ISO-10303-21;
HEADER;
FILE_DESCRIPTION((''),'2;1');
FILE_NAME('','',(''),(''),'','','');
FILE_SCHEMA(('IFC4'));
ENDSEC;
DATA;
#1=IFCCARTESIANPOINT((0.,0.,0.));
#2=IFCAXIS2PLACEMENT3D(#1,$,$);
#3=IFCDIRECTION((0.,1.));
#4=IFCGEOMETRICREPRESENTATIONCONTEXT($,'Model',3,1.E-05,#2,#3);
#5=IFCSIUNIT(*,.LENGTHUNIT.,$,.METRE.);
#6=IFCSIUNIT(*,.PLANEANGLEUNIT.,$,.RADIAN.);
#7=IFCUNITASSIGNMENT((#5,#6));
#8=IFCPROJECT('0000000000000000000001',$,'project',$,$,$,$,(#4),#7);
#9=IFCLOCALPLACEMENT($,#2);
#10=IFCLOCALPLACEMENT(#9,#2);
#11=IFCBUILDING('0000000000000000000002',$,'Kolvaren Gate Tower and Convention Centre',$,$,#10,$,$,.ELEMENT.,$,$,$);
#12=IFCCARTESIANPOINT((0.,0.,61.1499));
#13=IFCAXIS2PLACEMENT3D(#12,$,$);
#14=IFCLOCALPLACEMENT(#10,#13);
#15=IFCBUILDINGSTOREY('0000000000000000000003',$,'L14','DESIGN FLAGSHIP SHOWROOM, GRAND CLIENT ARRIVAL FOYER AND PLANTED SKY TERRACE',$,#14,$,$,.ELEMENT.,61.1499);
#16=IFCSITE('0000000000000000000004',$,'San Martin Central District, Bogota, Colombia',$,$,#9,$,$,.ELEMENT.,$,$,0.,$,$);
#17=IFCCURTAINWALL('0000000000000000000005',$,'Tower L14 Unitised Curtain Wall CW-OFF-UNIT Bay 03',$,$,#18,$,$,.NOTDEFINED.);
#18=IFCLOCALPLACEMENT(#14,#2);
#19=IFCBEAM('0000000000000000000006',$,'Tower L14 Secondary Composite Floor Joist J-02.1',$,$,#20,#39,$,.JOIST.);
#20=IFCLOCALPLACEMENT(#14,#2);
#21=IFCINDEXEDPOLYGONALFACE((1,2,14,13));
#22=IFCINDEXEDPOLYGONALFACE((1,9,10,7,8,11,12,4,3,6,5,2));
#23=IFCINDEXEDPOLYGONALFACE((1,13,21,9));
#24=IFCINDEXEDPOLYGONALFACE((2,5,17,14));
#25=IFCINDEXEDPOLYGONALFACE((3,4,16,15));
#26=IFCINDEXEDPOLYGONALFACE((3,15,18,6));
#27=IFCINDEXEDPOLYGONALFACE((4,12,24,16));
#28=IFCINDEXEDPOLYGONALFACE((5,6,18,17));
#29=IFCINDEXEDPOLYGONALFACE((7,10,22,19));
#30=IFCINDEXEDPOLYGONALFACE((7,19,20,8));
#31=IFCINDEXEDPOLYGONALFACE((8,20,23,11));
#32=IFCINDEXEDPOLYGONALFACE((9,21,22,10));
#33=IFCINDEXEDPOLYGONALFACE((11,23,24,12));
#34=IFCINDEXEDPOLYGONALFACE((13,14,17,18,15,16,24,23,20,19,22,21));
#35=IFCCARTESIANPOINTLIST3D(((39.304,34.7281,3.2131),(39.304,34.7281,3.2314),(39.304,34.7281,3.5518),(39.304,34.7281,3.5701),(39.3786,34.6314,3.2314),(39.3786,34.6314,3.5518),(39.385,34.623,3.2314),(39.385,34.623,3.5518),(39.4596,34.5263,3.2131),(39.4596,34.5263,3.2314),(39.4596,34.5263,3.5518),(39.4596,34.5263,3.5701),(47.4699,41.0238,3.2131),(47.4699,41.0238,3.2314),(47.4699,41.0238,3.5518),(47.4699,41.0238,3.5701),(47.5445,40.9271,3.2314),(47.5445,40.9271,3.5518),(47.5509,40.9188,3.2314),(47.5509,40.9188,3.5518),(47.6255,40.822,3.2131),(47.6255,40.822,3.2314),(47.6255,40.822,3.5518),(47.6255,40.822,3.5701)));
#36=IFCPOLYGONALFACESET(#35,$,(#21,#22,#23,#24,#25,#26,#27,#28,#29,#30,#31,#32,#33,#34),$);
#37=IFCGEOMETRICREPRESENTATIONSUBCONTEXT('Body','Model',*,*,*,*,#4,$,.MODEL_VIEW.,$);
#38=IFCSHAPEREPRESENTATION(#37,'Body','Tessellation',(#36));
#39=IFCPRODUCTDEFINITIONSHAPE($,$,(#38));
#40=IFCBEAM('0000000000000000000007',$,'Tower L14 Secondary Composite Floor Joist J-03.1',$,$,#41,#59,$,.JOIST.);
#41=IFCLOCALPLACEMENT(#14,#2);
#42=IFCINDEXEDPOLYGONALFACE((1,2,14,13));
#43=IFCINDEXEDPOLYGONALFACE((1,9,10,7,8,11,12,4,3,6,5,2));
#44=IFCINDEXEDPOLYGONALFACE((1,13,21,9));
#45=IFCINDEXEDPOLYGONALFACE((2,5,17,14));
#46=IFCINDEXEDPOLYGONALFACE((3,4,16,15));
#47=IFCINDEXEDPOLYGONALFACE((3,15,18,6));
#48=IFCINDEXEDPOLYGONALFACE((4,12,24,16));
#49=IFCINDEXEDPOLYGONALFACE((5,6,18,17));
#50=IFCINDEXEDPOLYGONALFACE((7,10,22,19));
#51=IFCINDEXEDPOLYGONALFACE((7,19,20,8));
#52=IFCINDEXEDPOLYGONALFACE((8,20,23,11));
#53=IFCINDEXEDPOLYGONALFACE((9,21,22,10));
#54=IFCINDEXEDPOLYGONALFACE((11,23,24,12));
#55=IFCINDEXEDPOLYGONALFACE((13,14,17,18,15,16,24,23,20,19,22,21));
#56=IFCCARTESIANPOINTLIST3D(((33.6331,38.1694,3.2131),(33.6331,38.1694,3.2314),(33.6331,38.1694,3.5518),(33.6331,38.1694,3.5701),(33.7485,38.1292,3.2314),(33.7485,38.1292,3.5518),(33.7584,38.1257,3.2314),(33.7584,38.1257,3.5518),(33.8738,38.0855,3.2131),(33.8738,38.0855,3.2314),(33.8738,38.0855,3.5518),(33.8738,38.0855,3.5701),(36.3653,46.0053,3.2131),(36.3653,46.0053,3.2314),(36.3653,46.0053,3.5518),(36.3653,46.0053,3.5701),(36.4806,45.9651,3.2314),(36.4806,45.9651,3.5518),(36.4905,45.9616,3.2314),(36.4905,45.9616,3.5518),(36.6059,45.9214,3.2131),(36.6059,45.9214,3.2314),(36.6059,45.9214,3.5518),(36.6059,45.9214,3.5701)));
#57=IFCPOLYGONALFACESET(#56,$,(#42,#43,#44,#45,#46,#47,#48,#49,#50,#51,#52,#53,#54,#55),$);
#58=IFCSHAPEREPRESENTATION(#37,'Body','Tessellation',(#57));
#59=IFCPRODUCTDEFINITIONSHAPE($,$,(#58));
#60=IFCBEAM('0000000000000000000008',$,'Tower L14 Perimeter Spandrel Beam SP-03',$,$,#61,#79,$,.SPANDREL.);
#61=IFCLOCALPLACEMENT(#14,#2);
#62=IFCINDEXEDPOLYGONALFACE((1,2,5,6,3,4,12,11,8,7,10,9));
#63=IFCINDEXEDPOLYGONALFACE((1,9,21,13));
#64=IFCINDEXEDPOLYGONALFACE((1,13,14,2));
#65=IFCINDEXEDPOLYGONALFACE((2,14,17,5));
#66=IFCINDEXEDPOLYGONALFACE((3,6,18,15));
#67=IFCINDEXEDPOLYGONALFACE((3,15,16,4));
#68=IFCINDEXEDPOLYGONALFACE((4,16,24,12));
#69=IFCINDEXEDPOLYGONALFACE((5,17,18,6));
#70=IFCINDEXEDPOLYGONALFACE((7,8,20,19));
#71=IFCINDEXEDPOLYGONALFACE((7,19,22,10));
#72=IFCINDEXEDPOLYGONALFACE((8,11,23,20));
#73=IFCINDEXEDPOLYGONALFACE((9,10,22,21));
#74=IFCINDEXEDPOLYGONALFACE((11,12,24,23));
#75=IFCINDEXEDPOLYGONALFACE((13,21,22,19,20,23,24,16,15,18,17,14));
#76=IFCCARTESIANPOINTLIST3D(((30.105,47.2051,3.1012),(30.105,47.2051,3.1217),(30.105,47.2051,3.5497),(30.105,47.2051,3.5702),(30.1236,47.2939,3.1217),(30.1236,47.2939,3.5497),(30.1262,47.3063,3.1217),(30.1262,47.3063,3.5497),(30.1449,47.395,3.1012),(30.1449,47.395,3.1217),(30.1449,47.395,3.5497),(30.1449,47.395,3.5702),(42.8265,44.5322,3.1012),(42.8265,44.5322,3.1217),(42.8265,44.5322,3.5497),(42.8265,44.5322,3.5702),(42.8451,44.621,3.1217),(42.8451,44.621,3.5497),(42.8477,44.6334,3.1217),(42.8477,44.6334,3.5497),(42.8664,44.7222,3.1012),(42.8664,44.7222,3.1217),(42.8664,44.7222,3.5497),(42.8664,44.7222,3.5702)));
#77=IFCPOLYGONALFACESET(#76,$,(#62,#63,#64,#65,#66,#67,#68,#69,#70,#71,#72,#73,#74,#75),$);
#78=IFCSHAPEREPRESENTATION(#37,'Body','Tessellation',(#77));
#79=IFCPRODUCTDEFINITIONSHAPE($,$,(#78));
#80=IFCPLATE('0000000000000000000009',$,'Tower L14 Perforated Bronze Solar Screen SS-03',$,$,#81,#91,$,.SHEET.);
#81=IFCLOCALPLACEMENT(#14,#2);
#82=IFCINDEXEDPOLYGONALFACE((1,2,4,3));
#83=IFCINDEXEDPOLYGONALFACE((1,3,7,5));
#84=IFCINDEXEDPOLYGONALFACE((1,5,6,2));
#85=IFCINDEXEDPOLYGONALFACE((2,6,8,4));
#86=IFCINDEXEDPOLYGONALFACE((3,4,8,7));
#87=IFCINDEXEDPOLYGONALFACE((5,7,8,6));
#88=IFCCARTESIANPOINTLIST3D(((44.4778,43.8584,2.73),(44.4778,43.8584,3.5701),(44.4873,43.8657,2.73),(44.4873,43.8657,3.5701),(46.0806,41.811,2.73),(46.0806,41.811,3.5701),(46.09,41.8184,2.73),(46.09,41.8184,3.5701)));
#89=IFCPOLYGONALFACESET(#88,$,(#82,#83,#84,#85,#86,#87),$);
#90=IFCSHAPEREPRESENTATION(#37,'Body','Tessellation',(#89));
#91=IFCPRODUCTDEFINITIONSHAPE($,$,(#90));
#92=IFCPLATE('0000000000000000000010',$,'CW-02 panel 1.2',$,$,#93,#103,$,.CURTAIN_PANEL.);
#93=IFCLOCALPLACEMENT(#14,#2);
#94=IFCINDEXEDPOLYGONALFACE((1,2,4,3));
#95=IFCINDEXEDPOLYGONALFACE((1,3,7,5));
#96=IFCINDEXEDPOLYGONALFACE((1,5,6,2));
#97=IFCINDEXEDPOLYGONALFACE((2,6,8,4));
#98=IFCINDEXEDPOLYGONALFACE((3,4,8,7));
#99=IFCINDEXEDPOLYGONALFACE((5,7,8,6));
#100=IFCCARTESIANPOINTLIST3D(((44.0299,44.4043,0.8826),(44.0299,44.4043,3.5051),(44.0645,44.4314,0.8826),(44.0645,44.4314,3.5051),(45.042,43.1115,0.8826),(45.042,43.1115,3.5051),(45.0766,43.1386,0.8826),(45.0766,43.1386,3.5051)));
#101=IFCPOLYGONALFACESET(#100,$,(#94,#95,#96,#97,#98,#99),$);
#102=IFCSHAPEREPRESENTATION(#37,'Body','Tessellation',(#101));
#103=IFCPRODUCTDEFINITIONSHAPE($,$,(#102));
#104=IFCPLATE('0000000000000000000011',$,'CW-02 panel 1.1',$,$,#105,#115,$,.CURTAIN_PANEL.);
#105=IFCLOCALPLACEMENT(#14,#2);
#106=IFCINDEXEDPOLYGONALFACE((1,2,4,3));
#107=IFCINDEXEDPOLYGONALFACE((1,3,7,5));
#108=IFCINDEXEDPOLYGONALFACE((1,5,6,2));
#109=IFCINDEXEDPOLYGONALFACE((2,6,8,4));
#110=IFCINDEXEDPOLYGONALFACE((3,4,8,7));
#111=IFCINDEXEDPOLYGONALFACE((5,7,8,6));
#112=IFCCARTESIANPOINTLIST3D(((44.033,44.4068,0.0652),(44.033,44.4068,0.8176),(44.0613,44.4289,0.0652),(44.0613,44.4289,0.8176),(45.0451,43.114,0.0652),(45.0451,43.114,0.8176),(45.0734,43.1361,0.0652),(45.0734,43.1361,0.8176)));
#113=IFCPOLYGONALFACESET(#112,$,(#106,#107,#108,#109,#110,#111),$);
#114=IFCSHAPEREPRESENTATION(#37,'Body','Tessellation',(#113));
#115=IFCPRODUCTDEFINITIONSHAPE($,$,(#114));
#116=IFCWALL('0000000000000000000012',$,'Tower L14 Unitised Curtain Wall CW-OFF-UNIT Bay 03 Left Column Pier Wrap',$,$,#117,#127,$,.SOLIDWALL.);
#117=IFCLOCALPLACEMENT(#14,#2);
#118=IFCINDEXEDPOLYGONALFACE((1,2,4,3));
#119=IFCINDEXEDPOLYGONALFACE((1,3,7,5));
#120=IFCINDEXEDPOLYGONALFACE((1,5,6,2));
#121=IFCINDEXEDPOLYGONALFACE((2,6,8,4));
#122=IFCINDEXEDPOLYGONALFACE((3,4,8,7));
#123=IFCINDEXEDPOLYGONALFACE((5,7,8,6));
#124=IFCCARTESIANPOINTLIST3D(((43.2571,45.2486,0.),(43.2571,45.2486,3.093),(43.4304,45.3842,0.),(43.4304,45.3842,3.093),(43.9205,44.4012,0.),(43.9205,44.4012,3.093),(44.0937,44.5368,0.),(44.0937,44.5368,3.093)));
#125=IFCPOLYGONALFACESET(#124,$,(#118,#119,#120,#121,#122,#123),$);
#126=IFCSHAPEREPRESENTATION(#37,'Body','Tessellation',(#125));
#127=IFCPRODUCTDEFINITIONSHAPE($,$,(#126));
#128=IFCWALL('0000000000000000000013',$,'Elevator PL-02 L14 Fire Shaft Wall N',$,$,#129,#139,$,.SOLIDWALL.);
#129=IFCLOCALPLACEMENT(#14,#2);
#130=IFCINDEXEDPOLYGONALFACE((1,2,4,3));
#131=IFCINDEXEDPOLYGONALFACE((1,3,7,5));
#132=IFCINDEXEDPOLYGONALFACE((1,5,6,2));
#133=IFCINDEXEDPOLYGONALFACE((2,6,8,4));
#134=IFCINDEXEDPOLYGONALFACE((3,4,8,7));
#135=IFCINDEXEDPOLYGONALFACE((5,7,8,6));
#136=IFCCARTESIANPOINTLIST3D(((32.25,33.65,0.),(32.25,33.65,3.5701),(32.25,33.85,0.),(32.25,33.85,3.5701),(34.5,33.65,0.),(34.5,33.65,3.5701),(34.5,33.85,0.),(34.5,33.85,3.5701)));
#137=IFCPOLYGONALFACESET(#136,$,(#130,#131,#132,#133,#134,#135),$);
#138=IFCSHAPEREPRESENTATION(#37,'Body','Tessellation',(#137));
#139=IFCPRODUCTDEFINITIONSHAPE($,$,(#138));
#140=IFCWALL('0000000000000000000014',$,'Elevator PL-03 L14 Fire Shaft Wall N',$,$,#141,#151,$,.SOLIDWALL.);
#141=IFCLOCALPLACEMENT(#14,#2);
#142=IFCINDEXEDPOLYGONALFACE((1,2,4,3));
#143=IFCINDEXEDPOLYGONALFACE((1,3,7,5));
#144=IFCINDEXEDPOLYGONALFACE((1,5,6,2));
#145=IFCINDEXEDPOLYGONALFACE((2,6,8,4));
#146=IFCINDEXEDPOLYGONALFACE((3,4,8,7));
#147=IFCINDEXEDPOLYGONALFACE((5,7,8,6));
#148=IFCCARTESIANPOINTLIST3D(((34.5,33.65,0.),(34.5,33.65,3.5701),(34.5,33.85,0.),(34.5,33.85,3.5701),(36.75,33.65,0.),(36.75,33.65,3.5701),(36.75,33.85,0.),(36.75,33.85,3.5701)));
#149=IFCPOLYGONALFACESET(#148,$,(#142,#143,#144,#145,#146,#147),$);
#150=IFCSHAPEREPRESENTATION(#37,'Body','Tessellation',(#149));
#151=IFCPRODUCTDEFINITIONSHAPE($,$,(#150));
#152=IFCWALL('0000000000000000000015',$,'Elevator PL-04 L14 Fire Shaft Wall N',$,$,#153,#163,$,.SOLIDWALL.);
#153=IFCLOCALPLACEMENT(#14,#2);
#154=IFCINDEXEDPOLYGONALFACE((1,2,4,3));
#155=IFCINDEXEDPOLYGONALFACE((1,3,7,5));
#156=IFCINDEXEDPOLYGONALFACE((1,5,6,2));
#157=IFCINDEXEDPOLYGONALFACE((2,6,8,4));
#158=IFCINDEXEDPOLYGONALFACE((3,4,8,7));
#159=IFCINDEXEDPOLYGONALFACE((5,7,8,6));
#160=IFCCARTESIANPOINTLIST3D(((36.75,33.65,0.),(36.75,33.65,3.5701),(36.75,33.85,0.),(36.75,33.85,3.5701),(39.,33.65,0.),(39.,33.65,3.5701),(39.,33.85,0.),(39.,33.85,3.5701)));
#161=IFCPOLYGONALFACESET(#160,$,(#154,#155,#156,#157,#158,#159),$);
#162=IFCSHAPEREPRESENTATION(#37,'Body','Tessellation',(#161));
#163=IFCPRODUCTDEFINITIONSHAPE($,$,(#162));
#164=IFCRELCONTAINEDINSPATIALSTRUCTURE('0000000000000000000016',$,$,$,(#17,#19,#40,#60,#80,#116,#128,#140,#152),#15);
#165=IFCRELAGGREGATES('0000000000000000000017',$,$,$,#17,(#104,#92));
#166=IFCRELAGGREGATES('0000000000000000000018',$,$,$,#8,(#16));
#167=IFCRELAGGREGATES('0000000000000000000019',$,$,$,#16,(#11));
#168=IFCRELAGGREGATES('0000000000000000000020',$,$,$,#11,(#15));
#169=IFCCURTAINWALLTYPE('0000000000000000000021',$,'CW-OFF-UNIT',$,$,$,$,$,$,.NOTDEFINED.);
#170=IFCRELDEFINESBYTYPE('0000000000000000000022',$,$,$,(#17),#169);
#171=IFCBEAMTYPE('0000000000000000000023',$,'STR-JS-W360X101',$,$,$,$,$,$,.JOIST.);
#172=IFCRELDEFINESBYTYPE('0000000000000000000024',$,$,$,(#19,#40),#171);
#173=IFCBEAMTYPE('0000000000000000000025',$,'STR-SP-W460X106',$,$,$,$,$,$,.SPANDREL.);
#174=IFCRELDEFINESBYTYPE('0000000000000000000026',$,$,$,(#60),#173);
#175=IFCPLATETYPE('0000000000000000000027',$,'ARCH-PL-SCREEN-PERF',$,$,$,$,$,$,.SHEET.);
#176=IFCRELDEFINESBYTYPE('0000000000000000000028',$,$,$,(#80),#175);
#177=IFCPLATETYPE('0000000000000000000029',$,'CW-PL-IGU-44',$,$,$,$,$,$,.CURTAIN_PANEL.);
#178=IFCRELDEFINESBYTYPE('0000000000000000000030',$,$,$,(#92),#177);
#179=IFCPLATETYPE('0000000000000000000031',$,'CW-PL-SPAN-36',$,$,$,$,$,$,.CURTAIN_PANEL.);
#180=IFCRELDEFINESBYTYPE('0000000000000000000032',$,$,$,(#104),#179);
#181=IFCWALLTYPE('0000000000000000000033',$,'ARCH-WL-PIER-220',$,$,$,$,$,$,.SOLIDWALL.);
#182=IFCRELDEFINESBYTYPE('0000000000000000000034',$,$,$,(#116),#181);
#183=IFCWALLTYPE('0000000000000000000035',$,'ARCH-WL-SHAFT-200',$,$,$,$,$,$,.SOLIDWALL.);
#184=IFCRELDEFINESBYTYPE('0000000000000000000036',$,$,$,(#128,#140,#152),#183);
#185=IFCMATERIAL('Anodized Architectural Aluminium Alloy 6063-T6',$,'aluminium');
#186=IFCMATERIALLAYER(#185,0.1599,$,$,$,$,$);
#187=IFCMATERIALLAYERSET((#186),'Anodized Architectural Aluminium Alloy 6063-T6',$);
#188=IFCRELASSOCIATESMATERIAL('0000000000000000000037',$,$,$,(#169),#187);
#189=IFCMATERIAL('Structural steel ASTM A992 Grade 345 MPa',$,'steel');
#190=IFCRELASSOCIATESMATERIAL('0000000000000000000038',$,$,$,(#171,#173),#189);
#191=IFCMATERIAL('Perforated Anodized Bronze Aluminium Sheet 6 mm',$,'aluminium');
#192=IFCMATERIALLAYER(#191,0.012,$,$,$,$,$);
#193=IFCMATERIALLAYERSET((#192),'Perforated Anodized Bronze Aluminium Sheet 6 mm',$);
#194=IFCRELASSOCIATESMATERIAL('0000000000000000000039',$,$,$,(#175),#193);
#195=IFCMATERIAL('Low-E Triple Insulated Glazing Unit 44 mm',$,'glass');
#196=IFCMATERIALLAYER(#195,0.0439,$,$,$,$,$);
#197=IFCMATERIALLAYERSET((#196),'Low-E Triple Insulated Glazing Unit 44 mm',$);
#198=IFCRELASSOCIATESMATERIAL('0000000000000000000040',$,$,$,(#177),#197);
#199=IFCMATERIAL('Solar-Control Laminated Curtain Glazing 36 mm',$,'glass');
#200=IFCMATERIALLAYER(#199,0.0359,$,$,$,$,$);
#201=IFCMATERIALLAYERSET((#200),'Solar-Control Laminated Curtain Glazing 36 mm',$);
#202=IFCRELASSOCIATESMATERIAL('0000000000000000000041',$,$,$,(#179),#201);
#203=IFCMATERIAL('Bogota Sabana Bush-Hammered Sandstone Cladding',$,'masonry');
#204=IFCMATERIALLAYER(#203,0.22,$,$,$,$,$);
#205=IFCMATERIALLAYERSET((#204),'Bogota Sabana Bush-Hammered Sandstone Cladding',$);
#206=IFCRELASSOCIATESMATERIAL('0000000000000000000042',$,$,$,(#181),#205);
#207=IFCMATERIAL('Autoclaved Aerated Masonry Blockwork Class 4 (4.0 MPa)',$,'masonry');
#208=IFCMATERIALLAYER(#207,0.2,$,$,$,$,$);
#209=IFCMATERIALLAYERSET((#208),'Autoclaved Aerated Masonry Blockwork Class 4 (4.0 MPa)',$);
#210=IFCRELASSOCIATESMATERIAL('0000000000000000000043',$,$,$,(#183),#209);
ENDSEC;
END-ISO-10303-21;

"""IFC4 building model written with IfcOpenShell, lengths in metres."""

from ifc_helpers import new_model, si_unit, direction, frame, frame_2d, origin, origin_2d, place, context, subcontext, project, spatial, rectangle, i_section, extrude, material, layer, layer_set, material_profile, profile_set, type_object, element, aggregate, save


model = new_model("IFC4")

# Units and contexts
model_context = context("Model", 3, precision=1e-05, world=origin(), true_north=direction((0.0, 1.0)))
body_context = subcontext(model_context, "Body", "Model", "MODEL_VIEW")
ifc_project = project(units=[si_unit("LENGTHUNIT", "METRE"), si_unit("PLANEANGLEUNIT", "RADIAN")], contexts=[model_context])

# Site, building, storey
site_placement = place(None, origin())
site = spatial("IfcSite", under=ifc_project, at=site_placement, Name="San Martin Central District, Bogota, Colombia", CompositionType="ELEMENT", RefElevation=0.0)
building_placement = place(site_placement, origin())
building = spatial("IfcBuilding", under=site, at=building_placement, Name="Kolvaren Gate Tower and Convention Centre", CompositionType="ELEMENT")
storey_placement = place(building_placement, frame((0.0, 0.0, 61.1499)))
storey = spatial("IfcBuildingStorey", under=building, at=storey_placement, Name="L14", Description="DESIGN FLAGSHIP SHOWROOM, GRAND CLIENT ARRIVAL FOYER AND PLANTED SKY TERRACE", CompositionType="ELEMENT", Elevation=61.1499)

# Curtain wall
ifc_material_1 = material(Name="Anodized Architectural Aluminium Alloy 6063-T6", Category="aluminium")
ifc_layer_1 = layer(ifc_material_1, 0.1599)
ifc_layer_set_1 = layer_set([ifc_layer_1], Name="Anodized Architectural Aluminium Alloy 6063-T6")
curtain_wall_type = type_object("IfcCurtainWallType", Name="CW-OFF-UNIT", PredefinedType="NOTDEFINED", material=ifc_layer_set_1)
curtain_wall_placement = place(storey_placement, origin())
curtain_wall = element("IfcCurtainWall", 1, at=curtain_wall_placement, inside=storey, type_object=curtain_wall_type, Name="Tower L14 Unitised Curtain Wall CW-OFF-UNIT Bay 03", PredefinedType="NOTDEFINED")

# Beams
ifc_material_2 = material(Name="Structural steel ASTM A992 Grade 345 MPa", Category="steel")
ifc_material_profile_1 = material_profile(ifc_material_2, i_section(OverallWidth=0.2549, OverallDepth=0.3569, WebThickness=0.0105, FlangeThickness=0.0183, at=origin_2d()), Name="W360X101")
ifc_profile_set_1 = profile_set([ifc_material_profile_1], Name="Structural steel ASTM A992 Grade 345 MPa")
beam_type_1 = type_object("IfcBeamType", Name="STR-JS-W360X101", PredefinedType="JOIST", material=ifc_profile_set_1)
beam_1_placement = place(storey_placement, frame((39.3818, 34.6272, 3.3916), z_axis=(0.791954, 0.610581, 0.0), x_axis=(-0.610581, 0.791954, 0.0)))
element("IfcBeam", 2, at=beam_1_placement, inside=storey, type_object=beam_type_1, Name="Tower L14 Secondary Composite Floor Joist J-02.1", PredefinedType="JOIST", context=body_context, shape_type="SweptSolid", body=[
    extrude(i_section(OverallWidth=0.2549, OverallDepth=0.3569, WebThickness=0.0105, FlangeThickness=0.0183, at=origin_2d()), origin(), (0.0, 0.0, 1.0), 10.311),
])
beam_2_placement = place(storey_placement, frame((33.7534, 38.1274, 3.3916), z_axis=(0.329234, 0.944248, 0.0), x_axis=(-0.944248, 0.329234, 0.0)))
element("IfcBeam", 3, at=beam_2_placement, inside=storey, type_object=beam_type_1, Name="Tower L14 Secondary Composite Floor Joist J-03.1", PredefinedType="JOIST", context=body_context, shape_type="SweptSolid", body=[
    extrude(i_section(OverallWidth=0.2549, OverallDepth=0.3569, WebThickness=0.0105, FlangeThickness=0.0183, at=origin_2d()), origin(), (0.0, 0.0, 1.0), 8.2986),
])
ifc_material_profile_2 = material_profile(ifc_material_2, i_section(OverallWidth=0.1941, OverallDepth=0.469, WebThickness=0.0127, FlangeThickness=0.0205, at=origin_2d()), Name="W460X106")
ifc_profile_set_2 = profile_set([ifc_material_profile_2], Name="Structural steel ASTM A992 Grade 345 MPa")
beam_type_2 = type_object("IfcBeamType", Name="STR-SP-W460X106", PredefinedType="SPANDREL", material=ifc_profile_set_2)
beam_3_placement = place(storey_placement, frame((42.8464, 44.6272, 3.3357), z_axis=(-0.978633, 0.205617, 0.0), x_axis=(-0.205617, -0.978633, 0.0)))
element("IfcBeam", 4, at=beam_3_placement, inside=storey, type_object=beam_type_2, Name="Tower L14 Perimeter Spandrel Beam SP-03", PredefinedType="SPANDREL", context=body_context, shape_type="SweptSolid", body=[
    extrude(i_section(OverallWidth=0.1941, OverallDepth=0.469, WebThickness=0.0127, FlangeThickness=0.0205, at=origin_2d()), origin(), (0.0, 0.0, 1.0), 12.9993),
])

# Plates
ifc_material_3 = material(Name="Perforated Anodized Bronze Aluminium Sheet 6 mm", Category="aluminium")
ifc_layer_2 = layer(ifc_material_3, 0.012)
ifc_layer_set_2 = layer_set([ifc_layer_2], Name="Perforated Anodized Bronze Aluminium Sheet 6 mm")
plate_type_1 = type_object("IfcPlateType", Name="ARCH-PL-SCREEN-PERF", PredefinedType="SHEET", material=ifc_layer_set_2)
plate_1_placement = place(storey_placement, frame((45.2839, 42.8384, 2.73), z_axis=(0.0, 0.0, 1.0), x_axis=(0.616431, -0.787409, 0.0)))
element("IfcPlate", 5, at=plate_1_placement, inside=storey, type_object=plate_type_1, Name="Tower L14 Perforated Bronze Solar Screen SS-03", PredefinedType="SHEET", context=body_context, shape_type="SweptSolid", body=[
    extrude(rectangle(XDim=2.6001, YDim=0.012, at=origin_2d()), origin(), (0.0, 0.0, 1.0), 0.8401),
])
ifc_material_4 = material(Name="Low-E Triple Insulated Glazing Unit 44 mm", Category="glass")
ifc_layer_3 = layer(ifc_material_4, 0.0439)
ifc_layer_set_3 = layer_set([ifc_layer_3], Name="Low-E Triple Insulated Glazing Unit 44 mm")
plate_type_2 = type_object("IfcPlateType", Name="CW-PL-IGU-44", PredefinedType="CURTAIN_PANEL", material=ifc_layer_set_3)
plate_2_placement = place(storey_placement, frame((44.5532, 43.7715, 0.8826), z_axis=(0.0, 0.0, 1.0), x_axis=(0.616434, -0.787406, 0.0)))
plate_2 = element("IfcPlate", 6, at=plate_2_placement, type_object=plate_type_2, Name="CW-02 panel 1.2", PredefinedType="CURTAIN_PANEL", context=body_context, shape_type="SweptSolid", body=[
    extrude(rectangle(XDim=1.6418, YDim=0.0439, at=origin_2d()), origin(), (0.0, 0.0, 1.0), 2.6226),
])
ifc_material_5 = material(Name="Solar-Control Laminated Curtain Glazing 36 mm", Category="glass")
ifc_layer_4 = layer(ifc_material_5, 0.0359)
ifc_layer_set_4 = layer_set([ifc_layer_4], Name="Solar-Control Laminated Curtain Glazing 36 mm")
plate_type_3 = type_object("IfcPlateType", Name="CW-PL-SPAN-36", PredefinedType="CURTAIN_PANEL", material=ifc_layer_set_4)
plate_3_placement = place(storey_placement, frame((44.5532, 43.7715, 0.0652), z_axis=(0.0, 0.0, 1.0), x_axis=(0.616434, -0.787406, 0.0)))
plate_3 = element("IfcPlate", 7, at=plate_3_placement, type_object=plate_type_3, Name="CW-02 panel 1.1", PredefinedType="CURTAIN_PANEL", context=body_context, shape_type="SweptSolid", body=[
    extrude(rectangle(XDim=1.6418, YDim=0.0359, at=origin_2d()), origin(), (0.0, 0.0, 1.0), 0.7524),
])
aggregate(curtain_wall, [plate_3, plate_2])

# Walls
ifc_material_6 = material(Name="Bogota Sabana Bush-Hammered Sandstone Cladding", Category="masonry")
ifc_layer_5 = layer(ifc_material_6, 0.22)
ifc_layer_set_5 = layer_set([ifc_layer_5], Name="Bogota Sabana Bush-Hammered Sandstone Cladding")
wall_type_1 = type_object("IfcWallType", Name="ARCH-WL-PIER-220", PredefinedType="SOLIDWALL", material=ifc_layer_set_5)
wall_1_placement = place(storey_placement, frame((43.3438, 45.3164, 0.0), z_axis=(0.0, 0.0, 1.0), x_axis=(0.616388, -0.787443, 0.0)))
element("IfcWall", 8, at=wall_1_placement, inside=storey, type_object=wall_type_1, Name="Tower L14 Unitised Curtain Wall CW-OFF-UNIT Bay 03 Left Column Pier Wrap", PredefinedType="SOLIDWALL", context=body_context, shape_type="SweptSolid", body=[
    extrude(rectangle(XDim=1.0762, YDim=0.22, at=frame_2d((0.5381, 0.0))), origin(), (0.0, 0.0, 1.0), 3.093),
])
ifc_material_7 = material(Name="Autoclaved Aerated Masonry Blockwork Class 4 (4.0 MPa)", Category="masonry")
ifc_layer_6 = layer(ifc_material_7, 0.2)
ifc_layer_set_6 = layer_set([ifc_layer_6], Name="Autoclaved Aerated Masonry Blockwork Class 4 (4.0 MPa)")
wall_type_2 = type_object("IfcWallType", Name="ARCH-WL-SHAFT-200", PredefinedType="SOLIDWALL", material=ifc_layer_set_6)
for number, where, z_axis, x_axis, name in (
    (9, (32.25, 33.75, 0.0), (0.0, 0.0, 1.0), (1.0, 0.0, 0.0), "Elevator PL-02 L14 Fire Shaft Wall N"),
    (10, (34.5, 33.75, 0.0), (0.0, 0.0, 1.0), (1.0, 0.0, 0.0), "Elevator PL-03 L14 Fire Shaft Wall N"),
    (11, (36.75, 33.75, 0.0), (0.0, 0.0, 1.0), (1.0, 0.0, 0.0), "Elevator PL-04 L14 Fire Shaft Wall N"),
):
    element("IfcWall", number, at=place(storey_placement, frame(where, z_axis=z_axis, x_axis=x_axis)), inside=storey, type_object=wall_type_2, Name=name, PredefinedType="SOLIDWALL", context=body_context, shape_type="SweptSolid", body=[
        extrude(rectangle(XDim=2.25, YDim=0.2, at=frame_2d((1.125, 0.0))), origin(), (0.0, 0.0, 1.0), 3.5701),
    ])

save(model, "model.ifc")
